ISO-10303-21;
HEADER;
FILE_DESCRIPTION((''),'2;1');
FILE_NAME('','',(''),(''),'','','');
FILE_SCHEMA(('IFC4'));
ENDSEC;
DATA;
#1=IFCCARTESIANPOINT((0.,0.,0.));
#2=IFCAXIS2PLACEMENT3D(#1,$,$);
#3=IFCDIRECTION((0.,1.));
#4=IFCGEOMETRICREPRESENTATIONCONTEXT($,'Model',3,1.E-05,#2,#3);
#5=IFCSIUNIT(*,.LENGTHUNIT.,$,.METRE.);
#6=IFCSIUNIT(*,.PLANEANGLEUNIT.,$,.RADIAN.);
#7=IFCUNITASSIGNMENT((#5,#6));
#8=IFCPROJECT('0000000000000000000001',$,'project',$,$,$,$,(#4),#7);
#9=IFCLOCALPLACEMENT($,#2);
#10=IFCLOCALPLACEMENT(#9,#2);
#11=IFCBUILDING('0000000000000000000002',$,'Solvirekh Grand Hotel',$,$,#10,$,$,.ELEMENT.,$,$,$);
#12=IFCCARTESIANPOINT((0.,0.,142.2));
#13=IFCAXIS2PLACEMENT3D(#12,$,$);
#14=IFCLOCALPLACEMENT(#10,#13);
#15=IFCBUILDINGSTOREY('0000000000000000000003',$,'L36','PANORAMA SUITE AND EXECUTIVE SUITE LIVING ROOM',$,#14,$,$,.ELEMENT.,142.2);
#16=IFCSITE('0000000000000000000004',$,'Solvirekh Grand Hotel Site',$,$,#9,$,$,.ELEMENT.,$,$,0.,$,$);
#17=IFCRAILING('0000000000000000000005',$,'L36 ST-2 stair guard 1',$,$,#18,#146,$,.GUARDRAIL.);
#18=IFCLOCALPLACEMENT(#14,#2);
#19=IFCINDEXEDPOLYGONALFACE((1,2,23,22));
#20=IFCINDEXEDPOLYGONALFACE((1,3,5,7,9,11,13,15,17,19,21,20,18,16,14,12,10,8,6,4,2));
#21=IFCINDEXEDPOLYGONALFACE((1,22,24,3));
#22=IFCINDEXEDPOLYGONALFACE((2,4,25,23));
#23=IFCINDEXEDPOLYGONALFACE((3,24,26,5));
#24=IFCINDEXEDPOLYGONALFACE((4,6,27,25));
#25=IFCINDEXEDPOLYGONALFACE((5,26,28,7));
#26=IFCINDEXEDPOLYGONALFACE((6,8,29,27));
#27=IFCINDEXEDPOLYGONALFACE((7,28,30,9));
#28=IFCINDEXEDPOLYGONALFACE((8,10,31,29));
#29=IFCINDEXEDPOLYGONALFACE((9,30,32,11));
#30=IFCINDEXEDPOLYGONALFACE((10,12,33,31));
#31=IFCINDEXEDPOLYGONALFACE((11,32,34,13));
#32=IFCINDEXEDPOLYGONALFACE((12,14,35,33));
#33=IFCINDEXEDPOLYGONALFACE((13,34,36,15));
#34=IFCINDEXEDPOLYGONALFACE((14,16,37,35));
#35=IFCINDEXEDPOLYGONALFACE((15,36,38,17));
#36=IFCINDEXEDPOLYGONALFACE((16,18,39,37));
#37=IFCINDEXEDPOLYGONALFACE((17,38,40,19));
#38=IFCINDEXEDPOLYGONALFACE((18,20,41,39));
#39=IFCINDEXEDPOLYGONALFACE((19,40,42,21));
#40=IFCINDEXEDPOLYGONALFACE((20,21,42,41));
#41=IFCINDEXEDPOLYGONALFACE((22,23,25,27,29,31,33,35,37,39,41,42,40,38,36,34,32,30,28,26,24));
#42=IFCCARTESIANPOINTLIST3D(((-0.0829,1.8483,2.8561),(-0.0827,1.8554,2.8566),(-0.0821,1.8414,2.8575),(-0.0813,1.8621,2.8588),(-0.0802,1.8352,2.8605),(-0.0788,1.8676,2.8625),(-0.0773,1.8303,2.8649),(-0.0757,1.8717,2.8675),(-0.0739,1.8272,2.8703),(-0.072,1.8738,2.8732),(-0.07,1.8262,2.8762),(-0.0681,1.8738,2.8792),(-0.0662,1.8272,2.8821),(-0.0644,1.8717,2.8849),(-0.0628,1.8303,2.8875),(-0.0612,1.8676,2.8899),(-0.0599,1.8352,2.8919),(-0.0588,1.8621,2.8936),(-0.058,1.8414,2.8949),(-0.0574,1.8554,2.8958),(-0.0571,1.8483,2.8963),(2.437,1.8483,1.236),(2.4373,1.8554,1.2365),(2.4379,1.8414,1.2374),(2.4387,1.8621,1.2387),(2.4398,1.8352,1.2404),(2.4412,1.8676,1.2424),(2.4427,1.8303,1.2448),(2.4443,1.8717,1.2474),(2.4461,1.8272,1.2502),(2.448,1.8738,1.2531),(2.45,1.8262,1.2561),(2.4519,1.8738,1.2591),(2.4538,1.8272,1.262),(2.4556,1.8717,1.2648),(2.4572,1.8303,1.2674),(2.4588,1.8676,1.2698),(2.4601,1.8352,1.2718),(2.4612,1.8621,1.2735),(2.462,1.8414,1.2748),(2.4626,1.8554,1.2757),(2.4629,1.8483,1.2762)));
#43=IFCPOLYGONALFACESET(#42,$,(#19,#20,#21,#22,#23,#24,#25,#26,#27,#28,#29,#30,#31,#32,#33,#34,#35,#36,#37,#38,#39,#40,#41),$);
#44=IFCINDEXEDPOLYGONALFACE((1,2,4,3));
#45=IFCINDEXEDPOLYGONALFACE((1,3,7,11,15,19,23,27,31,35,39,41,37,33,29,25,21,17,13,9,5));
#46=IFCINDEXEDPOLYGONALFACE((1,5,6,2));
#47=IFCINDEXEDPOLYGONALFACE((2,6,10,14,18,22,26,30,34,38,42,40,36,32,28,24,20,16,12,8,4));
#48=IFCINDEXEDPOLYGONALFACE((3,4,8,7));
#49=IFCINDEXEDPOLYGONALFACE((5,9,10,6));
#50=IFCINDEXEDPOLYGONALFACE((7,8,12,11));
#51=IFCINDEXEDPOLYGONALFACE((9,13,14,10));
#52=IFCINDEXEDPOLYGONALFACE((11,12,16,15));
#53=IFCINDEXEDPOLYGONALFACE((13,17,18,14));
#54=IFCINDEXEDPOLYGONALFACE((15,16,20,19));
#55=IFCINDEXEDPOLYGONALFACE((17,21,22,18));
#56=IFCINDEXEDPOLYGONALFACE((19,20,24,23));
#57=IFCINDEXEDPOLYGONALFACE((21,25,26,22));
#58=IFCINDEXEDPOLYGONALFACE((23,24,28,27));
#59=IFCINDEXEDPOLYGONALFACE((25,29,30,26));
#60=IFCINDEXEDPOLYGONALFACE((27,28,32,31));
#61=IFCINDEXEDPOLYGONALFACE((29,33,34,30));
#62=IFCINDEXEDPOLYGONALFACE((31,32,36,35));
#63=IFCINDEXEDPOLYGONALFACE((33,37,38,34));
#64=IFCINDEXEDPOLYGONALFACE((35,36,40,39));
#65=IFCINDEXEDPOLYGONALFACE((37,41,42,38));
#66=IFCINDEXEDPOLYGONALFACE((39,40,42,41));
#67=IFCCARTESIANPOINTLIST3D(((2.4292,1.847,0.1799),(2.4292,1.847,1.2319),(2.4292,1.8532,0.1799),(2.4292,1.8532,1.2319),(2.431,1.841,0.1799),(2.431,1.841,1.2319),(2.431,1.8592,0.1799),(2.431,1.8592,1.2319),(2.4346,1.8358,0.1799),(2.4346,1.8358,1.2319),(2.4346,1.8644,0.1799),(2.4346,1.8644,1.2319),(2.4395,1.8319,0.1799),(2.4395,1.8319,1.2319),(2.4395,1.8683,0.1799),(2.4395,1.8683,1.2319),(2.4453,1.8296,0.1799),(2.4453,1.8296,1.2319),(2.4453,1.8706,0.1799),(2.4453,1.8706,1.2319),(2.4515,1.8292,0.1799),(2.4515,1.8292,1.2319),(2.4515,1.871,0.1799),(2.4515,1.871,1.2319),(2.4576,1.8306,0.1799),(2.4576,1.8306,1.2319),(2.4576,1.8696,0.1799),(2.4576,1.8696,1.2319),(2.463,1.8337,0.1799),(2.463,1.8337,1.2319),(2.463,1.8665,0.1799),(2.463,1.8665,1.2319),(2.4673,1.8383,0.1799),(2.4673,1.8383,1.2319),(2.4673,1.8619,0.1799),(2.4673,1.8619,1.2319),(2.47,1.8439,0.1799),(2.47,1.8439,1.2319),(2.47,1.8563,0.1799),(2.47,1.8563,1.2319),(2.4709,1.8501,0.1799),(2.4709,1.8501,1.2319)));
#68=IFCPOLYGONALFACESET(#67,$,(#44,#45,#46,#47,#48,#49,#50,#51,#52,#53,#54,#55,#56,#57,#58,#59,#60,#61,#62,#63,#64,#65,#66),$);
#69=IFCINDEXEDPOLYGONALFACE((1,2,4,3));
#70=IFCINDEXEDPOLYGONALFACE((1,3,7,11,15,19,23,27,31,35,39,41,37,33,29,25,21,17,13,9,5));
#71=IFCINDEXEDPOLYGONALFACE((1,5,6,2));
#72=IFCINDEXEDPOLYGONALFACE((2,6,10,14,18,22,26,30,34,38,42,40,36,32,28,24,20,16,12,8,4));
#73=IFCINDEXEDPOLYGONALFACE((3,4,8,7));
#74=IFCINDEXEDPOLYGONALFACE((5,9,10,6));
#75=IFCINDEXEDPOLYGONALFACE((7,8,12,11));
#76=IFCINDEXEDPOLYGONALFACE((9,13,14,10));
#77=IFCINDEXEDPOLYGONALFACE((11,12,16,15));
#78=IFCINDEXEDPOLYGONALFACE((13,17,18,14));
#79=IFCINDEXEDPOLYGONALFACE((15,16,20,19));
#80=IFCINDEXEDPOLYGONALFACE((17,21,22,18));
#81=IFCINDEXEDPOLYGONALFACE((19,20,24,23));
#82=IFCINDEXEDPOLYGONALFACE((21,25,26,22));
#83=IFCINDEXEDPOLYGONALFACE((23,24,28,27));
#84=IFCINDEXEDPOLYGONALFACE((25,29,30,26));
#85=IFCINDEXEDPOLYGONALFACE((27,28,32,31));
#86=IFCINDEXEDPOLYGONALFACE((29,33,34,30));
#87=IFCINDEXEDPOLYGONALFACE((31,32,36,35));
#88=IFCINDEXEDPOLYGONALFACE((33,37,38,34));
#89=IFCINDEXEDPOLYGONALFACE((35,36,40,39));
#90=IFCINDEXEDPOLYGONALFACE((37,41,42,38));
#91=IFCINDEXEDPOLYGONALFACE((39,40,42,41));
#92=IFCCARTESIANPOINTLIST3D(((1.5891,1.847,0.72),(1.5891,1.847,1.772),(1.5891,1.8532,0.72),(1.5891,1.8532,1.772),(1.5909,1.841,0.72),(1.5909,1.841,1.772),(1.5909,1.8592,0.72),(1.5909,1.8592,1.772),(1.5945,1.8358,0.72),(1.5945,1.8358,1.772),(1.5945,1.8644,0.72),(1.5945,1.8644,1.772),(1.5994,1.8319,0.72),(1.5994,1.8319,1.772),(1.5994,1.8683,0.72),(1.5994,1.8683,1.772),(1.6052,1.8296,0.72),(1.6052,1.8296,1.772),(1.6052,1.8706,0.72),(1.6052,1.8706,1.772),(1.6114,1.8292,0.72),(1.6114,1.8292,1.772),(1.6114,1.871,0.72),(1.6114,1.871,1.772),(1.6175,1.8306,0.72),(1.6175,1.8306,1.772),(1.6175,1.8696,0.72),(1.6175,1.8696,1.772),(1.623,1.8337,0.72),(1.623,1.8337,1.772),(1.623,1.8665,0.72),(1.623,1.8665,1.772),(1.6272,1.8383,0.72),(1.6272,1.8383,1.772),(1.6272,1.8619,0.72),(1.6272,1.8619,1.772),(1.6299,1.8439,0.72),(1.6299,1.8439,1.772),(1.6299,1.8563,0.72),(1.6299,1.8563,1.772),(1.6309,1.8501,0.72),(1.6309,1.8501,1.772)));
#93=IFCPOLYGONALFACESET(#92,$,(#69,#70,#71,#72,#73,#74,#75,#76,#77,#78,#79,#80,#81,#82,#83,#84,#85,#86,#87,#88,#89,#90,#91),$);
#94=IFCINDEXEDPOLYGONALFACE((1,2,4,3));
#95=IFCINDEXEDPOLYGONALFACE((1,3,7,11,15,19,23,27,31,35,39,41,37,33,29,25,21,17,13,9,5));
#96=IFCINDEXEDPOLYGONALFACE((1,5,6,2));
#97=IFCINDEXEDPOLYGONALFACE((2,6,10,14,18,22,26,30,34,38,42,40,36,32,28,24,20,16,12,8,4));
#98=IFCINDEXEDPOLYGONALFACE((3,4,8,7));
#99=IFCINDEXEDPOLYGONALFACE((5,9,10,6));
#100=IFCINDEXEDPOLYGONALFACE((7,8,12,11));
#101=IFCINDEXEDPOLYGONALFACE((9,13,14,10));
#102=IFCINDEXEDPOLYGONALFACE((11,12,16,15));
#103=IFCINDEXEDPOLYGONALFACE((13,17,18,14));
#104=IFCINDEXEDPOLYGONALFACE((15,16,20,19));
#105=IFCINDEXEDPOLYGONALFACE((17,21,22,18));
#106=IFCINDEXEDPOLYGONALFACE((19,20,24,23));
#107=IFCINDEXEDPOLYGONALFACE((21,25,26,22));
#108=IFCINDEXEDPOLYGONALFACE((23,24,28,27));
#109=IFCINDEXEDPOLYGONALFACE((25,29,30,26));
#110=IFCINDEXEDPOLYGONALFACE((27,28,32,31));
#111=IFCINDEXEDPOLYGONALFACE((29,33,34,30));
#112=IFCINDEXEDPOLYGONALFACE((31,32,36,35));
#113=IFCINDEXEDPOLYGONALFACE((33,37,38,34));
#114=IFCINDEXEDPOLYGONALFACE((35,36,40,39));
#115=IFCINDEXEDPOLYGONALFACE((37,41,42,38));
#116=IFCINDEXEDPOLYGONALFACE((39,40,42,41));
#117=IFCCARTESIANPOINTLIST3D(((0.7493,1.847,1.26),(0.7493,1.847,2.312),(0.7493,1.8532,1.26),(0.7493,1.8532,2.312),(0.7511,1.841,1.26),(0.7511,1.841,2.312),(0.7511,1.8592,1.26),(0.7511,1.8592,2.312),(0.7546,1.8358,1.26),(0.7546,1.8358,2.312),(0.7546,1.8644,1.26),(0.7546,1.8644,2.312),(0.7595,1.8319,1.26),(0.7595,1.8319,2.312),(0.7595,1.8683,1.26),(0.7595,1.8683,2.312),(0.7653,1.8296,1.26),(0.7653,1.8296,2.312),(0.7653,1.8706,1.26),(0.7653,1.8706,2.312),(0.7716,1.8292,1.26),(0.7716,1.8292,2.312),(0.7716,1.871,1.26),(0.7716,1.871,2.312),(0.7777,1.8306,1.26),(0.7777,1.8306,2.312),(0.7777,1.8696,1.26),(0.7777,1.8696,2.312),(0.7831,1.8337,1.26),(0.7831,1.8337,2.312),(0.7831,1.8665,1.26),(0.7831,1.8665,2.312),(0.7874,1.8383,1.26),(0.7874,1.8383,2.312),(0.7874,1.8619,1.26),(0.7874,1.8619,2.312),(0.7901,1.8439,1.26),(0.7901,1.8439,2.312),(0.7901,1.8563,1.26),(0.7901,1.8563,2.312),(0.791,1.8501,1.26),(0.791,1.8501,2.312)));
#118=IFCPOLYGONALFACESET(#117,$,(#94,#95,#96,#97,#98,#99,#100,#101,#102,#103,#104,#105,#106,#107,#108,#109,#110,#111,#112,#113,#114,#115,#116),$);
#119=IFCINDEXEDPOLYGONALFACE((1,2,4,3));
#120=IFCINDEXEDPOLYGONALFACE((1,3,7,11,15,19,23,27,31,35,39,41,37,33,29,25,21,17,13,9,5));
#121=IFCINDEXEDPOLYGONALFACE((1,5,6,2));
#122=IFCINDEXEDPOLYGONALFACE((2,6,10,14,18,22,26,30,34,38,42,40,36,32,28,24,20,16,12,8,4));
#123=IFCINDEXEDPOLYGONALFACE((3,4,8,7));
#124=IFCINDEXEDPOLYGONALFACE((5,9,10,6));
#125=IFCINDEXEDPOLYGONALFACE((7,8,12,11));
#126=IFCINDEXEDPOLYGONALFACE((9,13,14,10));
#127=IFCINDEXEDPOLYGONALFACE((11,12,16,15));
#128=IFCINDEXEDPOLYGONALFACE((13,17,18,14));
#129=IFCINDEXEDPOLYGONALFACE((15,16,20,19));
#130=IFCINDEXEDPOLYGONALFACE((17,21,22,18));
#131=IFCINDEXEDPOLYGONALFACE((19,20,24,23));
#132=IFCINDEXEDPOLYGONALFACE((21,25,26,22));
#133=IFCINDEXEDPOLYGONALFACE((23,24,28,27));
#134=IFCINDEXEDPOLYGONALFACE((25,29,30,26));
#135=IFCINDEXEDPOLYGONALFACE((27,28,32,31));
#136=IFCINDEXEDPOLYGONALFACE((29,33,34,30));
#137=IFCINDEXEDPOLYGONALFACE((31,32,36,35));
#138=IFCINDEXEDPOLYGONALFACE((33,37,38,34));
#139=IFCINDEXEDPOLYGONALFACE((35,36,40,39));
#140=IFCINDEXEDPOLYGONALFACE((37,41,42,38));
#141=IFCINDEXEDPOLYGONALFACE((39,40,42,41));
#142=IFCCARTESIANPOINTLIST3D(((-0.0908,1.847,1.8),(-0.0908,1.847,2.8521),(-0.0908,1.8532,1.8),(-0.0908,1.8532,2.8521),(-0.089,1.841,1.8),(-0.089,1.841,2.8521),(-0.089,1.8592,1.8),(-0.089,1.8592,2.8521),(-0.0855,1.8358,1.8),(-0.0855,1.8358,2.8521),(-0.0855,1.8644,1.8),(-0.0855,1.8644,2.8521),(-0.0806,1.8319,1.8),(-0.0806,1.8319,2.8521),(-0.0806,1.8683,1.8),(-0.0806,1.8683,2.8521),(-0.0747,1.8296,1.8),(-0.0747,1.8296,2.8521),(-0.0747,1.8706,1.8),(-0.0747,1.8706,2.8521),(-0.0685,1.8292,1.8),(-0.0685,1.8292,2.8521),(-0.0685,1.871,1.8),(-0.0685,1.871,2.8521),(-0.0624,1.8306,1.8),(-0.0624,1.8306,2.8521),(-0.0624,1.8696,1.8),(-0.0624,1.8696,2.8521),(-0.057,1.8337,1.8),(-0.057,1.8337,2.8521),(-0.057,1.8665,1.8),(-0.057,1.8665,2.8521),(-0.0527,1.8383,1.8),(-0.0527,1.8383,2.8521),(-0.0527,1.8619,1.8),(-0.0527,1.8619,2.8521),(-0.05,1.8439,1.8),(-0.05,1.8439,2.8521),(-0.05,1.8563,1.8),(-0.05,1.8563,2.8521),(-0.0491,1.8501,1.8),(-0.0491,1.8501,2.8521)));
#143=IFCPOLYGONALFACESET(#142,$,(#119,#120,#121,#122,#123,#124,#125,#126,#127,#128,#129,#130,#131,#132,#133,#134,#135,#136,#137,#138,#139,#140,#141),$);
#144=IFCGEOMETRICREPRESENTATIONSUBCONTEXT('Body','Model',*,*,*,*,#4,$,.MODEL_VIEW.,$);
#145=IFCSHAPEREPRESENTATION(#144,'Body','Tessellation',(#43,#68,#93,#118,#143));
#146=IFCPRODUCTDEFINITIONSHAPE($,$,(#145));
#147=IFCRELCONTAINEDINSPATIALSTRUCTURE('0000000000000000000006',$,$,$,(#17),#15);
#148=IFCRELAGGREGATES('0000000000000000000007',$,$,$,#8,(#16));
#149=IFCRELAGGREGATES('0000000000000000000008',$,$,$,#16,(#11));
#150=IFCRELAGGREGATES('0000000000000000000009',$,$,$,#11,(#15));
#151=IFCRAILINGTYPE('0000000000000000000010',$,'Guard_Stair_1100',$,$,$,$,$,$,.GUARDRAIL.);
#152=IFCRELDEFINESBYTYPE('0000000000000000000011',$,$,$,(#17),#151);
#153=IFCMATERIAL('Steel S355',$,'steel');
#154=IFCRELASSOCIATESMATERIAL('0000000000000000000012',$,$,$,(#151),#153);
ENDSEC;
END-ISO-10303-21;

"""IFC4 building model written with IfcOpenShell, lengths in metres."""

from ifc_helpers import new_model, si_unit, direction, frame, origin, origin_2d, place, context, subcontext, project, spatial, circle, extrude, material, type_object, element, save


model = new_model("IFC4")

# Units and contexts
model_context = context("Model", 3, precision=1e-05, world=origin(), true_north=direction((0.0, 1.0)))
body_context = subcontext(model_context, "Body", "Model", "MODEL_VIEW")
ifc_project = project(units=[si_unit("LENGTHUNIT", "METRE"), si_unit("PLANEANGLEUNIT", "RADIAN")], contexts=[model_context])

# Site, building, storey
site_placement = place(None, origin())
site = spatial("IfcSite", under=ifc_project, at=site_placement, Name="Solvirekh Grand Hotel Site", CompositionType="ELEMENT", RefElevation=0.0)
building_placement = place(site_placement, origin())
building = spatial("IfcBuilding", under=site, at=building_placement, Name="Solvirekh Grand Hotel", CompositionType="ELEMENT")
storey_placement = place(building_placement, frame((0.0, 0.0, 142.2)))
storey = spatial("IfcBuildingStorey", under=building, at=storey_placement, Name="L36", Description="PANORAMA SUITE AND EXECUTIVE SUITE LIVING ROOM", CompositionType="ELEMENT", Elevation=142.2)

# Shared definitions
ifc_material_1 = material(Name="Steel S355", Category="steel")

# Railing
railing_type_1 = type_object("IfcRailingType", Name="Guard_Stair_1100", PredefinedType="GUARDRAIL", material=ifc_material_1)
railing_1_placement = place(storey_placement, frame((2.45, 1.8501, 0.1799)))
element("IfcRailing", 1, at=railing_1_placement, inside=storey, type_object=railing_type_1, Name="L36 ST-2 stair guard 1", PredefinedType="GUARDRAIL", context=body_context, shape_type="SweptSolid", body=[
    extrude(circle(Radius=0.0239, at=origin_2d()), frame((0.0, 0.0, 1.0762), z_axis=(-0.841163, 0.0, 0.540782), x_axis=(0.0, -1.0, 0.0)), (0.0, 0.0, 1.0), 2.9958),
    extrude(circle(Radius=0.021, at=origin_2d()), origin(), (0.0, 0.0, 1.0), 1.052),
    extrude(circle(Radius=0.021, at=origin_2d()), frame((-0.8401, 0.0, 0.54)), (0.0, 0.0, 1.0), 1.052),
    extrude(circle(Radius=0.021, at=origin_2d()), frame((-1.6799, 0.0, 1.0801)), (0.0, 0.0, 1.0), 1.052),
    extrude(circle(Radius=0.021, at=origin_2d()), frame((-2.52, 0.0, 1.6201)), (0.0, 0.0, 1.0), 1.052),
])

save(model, "model.ifc")
